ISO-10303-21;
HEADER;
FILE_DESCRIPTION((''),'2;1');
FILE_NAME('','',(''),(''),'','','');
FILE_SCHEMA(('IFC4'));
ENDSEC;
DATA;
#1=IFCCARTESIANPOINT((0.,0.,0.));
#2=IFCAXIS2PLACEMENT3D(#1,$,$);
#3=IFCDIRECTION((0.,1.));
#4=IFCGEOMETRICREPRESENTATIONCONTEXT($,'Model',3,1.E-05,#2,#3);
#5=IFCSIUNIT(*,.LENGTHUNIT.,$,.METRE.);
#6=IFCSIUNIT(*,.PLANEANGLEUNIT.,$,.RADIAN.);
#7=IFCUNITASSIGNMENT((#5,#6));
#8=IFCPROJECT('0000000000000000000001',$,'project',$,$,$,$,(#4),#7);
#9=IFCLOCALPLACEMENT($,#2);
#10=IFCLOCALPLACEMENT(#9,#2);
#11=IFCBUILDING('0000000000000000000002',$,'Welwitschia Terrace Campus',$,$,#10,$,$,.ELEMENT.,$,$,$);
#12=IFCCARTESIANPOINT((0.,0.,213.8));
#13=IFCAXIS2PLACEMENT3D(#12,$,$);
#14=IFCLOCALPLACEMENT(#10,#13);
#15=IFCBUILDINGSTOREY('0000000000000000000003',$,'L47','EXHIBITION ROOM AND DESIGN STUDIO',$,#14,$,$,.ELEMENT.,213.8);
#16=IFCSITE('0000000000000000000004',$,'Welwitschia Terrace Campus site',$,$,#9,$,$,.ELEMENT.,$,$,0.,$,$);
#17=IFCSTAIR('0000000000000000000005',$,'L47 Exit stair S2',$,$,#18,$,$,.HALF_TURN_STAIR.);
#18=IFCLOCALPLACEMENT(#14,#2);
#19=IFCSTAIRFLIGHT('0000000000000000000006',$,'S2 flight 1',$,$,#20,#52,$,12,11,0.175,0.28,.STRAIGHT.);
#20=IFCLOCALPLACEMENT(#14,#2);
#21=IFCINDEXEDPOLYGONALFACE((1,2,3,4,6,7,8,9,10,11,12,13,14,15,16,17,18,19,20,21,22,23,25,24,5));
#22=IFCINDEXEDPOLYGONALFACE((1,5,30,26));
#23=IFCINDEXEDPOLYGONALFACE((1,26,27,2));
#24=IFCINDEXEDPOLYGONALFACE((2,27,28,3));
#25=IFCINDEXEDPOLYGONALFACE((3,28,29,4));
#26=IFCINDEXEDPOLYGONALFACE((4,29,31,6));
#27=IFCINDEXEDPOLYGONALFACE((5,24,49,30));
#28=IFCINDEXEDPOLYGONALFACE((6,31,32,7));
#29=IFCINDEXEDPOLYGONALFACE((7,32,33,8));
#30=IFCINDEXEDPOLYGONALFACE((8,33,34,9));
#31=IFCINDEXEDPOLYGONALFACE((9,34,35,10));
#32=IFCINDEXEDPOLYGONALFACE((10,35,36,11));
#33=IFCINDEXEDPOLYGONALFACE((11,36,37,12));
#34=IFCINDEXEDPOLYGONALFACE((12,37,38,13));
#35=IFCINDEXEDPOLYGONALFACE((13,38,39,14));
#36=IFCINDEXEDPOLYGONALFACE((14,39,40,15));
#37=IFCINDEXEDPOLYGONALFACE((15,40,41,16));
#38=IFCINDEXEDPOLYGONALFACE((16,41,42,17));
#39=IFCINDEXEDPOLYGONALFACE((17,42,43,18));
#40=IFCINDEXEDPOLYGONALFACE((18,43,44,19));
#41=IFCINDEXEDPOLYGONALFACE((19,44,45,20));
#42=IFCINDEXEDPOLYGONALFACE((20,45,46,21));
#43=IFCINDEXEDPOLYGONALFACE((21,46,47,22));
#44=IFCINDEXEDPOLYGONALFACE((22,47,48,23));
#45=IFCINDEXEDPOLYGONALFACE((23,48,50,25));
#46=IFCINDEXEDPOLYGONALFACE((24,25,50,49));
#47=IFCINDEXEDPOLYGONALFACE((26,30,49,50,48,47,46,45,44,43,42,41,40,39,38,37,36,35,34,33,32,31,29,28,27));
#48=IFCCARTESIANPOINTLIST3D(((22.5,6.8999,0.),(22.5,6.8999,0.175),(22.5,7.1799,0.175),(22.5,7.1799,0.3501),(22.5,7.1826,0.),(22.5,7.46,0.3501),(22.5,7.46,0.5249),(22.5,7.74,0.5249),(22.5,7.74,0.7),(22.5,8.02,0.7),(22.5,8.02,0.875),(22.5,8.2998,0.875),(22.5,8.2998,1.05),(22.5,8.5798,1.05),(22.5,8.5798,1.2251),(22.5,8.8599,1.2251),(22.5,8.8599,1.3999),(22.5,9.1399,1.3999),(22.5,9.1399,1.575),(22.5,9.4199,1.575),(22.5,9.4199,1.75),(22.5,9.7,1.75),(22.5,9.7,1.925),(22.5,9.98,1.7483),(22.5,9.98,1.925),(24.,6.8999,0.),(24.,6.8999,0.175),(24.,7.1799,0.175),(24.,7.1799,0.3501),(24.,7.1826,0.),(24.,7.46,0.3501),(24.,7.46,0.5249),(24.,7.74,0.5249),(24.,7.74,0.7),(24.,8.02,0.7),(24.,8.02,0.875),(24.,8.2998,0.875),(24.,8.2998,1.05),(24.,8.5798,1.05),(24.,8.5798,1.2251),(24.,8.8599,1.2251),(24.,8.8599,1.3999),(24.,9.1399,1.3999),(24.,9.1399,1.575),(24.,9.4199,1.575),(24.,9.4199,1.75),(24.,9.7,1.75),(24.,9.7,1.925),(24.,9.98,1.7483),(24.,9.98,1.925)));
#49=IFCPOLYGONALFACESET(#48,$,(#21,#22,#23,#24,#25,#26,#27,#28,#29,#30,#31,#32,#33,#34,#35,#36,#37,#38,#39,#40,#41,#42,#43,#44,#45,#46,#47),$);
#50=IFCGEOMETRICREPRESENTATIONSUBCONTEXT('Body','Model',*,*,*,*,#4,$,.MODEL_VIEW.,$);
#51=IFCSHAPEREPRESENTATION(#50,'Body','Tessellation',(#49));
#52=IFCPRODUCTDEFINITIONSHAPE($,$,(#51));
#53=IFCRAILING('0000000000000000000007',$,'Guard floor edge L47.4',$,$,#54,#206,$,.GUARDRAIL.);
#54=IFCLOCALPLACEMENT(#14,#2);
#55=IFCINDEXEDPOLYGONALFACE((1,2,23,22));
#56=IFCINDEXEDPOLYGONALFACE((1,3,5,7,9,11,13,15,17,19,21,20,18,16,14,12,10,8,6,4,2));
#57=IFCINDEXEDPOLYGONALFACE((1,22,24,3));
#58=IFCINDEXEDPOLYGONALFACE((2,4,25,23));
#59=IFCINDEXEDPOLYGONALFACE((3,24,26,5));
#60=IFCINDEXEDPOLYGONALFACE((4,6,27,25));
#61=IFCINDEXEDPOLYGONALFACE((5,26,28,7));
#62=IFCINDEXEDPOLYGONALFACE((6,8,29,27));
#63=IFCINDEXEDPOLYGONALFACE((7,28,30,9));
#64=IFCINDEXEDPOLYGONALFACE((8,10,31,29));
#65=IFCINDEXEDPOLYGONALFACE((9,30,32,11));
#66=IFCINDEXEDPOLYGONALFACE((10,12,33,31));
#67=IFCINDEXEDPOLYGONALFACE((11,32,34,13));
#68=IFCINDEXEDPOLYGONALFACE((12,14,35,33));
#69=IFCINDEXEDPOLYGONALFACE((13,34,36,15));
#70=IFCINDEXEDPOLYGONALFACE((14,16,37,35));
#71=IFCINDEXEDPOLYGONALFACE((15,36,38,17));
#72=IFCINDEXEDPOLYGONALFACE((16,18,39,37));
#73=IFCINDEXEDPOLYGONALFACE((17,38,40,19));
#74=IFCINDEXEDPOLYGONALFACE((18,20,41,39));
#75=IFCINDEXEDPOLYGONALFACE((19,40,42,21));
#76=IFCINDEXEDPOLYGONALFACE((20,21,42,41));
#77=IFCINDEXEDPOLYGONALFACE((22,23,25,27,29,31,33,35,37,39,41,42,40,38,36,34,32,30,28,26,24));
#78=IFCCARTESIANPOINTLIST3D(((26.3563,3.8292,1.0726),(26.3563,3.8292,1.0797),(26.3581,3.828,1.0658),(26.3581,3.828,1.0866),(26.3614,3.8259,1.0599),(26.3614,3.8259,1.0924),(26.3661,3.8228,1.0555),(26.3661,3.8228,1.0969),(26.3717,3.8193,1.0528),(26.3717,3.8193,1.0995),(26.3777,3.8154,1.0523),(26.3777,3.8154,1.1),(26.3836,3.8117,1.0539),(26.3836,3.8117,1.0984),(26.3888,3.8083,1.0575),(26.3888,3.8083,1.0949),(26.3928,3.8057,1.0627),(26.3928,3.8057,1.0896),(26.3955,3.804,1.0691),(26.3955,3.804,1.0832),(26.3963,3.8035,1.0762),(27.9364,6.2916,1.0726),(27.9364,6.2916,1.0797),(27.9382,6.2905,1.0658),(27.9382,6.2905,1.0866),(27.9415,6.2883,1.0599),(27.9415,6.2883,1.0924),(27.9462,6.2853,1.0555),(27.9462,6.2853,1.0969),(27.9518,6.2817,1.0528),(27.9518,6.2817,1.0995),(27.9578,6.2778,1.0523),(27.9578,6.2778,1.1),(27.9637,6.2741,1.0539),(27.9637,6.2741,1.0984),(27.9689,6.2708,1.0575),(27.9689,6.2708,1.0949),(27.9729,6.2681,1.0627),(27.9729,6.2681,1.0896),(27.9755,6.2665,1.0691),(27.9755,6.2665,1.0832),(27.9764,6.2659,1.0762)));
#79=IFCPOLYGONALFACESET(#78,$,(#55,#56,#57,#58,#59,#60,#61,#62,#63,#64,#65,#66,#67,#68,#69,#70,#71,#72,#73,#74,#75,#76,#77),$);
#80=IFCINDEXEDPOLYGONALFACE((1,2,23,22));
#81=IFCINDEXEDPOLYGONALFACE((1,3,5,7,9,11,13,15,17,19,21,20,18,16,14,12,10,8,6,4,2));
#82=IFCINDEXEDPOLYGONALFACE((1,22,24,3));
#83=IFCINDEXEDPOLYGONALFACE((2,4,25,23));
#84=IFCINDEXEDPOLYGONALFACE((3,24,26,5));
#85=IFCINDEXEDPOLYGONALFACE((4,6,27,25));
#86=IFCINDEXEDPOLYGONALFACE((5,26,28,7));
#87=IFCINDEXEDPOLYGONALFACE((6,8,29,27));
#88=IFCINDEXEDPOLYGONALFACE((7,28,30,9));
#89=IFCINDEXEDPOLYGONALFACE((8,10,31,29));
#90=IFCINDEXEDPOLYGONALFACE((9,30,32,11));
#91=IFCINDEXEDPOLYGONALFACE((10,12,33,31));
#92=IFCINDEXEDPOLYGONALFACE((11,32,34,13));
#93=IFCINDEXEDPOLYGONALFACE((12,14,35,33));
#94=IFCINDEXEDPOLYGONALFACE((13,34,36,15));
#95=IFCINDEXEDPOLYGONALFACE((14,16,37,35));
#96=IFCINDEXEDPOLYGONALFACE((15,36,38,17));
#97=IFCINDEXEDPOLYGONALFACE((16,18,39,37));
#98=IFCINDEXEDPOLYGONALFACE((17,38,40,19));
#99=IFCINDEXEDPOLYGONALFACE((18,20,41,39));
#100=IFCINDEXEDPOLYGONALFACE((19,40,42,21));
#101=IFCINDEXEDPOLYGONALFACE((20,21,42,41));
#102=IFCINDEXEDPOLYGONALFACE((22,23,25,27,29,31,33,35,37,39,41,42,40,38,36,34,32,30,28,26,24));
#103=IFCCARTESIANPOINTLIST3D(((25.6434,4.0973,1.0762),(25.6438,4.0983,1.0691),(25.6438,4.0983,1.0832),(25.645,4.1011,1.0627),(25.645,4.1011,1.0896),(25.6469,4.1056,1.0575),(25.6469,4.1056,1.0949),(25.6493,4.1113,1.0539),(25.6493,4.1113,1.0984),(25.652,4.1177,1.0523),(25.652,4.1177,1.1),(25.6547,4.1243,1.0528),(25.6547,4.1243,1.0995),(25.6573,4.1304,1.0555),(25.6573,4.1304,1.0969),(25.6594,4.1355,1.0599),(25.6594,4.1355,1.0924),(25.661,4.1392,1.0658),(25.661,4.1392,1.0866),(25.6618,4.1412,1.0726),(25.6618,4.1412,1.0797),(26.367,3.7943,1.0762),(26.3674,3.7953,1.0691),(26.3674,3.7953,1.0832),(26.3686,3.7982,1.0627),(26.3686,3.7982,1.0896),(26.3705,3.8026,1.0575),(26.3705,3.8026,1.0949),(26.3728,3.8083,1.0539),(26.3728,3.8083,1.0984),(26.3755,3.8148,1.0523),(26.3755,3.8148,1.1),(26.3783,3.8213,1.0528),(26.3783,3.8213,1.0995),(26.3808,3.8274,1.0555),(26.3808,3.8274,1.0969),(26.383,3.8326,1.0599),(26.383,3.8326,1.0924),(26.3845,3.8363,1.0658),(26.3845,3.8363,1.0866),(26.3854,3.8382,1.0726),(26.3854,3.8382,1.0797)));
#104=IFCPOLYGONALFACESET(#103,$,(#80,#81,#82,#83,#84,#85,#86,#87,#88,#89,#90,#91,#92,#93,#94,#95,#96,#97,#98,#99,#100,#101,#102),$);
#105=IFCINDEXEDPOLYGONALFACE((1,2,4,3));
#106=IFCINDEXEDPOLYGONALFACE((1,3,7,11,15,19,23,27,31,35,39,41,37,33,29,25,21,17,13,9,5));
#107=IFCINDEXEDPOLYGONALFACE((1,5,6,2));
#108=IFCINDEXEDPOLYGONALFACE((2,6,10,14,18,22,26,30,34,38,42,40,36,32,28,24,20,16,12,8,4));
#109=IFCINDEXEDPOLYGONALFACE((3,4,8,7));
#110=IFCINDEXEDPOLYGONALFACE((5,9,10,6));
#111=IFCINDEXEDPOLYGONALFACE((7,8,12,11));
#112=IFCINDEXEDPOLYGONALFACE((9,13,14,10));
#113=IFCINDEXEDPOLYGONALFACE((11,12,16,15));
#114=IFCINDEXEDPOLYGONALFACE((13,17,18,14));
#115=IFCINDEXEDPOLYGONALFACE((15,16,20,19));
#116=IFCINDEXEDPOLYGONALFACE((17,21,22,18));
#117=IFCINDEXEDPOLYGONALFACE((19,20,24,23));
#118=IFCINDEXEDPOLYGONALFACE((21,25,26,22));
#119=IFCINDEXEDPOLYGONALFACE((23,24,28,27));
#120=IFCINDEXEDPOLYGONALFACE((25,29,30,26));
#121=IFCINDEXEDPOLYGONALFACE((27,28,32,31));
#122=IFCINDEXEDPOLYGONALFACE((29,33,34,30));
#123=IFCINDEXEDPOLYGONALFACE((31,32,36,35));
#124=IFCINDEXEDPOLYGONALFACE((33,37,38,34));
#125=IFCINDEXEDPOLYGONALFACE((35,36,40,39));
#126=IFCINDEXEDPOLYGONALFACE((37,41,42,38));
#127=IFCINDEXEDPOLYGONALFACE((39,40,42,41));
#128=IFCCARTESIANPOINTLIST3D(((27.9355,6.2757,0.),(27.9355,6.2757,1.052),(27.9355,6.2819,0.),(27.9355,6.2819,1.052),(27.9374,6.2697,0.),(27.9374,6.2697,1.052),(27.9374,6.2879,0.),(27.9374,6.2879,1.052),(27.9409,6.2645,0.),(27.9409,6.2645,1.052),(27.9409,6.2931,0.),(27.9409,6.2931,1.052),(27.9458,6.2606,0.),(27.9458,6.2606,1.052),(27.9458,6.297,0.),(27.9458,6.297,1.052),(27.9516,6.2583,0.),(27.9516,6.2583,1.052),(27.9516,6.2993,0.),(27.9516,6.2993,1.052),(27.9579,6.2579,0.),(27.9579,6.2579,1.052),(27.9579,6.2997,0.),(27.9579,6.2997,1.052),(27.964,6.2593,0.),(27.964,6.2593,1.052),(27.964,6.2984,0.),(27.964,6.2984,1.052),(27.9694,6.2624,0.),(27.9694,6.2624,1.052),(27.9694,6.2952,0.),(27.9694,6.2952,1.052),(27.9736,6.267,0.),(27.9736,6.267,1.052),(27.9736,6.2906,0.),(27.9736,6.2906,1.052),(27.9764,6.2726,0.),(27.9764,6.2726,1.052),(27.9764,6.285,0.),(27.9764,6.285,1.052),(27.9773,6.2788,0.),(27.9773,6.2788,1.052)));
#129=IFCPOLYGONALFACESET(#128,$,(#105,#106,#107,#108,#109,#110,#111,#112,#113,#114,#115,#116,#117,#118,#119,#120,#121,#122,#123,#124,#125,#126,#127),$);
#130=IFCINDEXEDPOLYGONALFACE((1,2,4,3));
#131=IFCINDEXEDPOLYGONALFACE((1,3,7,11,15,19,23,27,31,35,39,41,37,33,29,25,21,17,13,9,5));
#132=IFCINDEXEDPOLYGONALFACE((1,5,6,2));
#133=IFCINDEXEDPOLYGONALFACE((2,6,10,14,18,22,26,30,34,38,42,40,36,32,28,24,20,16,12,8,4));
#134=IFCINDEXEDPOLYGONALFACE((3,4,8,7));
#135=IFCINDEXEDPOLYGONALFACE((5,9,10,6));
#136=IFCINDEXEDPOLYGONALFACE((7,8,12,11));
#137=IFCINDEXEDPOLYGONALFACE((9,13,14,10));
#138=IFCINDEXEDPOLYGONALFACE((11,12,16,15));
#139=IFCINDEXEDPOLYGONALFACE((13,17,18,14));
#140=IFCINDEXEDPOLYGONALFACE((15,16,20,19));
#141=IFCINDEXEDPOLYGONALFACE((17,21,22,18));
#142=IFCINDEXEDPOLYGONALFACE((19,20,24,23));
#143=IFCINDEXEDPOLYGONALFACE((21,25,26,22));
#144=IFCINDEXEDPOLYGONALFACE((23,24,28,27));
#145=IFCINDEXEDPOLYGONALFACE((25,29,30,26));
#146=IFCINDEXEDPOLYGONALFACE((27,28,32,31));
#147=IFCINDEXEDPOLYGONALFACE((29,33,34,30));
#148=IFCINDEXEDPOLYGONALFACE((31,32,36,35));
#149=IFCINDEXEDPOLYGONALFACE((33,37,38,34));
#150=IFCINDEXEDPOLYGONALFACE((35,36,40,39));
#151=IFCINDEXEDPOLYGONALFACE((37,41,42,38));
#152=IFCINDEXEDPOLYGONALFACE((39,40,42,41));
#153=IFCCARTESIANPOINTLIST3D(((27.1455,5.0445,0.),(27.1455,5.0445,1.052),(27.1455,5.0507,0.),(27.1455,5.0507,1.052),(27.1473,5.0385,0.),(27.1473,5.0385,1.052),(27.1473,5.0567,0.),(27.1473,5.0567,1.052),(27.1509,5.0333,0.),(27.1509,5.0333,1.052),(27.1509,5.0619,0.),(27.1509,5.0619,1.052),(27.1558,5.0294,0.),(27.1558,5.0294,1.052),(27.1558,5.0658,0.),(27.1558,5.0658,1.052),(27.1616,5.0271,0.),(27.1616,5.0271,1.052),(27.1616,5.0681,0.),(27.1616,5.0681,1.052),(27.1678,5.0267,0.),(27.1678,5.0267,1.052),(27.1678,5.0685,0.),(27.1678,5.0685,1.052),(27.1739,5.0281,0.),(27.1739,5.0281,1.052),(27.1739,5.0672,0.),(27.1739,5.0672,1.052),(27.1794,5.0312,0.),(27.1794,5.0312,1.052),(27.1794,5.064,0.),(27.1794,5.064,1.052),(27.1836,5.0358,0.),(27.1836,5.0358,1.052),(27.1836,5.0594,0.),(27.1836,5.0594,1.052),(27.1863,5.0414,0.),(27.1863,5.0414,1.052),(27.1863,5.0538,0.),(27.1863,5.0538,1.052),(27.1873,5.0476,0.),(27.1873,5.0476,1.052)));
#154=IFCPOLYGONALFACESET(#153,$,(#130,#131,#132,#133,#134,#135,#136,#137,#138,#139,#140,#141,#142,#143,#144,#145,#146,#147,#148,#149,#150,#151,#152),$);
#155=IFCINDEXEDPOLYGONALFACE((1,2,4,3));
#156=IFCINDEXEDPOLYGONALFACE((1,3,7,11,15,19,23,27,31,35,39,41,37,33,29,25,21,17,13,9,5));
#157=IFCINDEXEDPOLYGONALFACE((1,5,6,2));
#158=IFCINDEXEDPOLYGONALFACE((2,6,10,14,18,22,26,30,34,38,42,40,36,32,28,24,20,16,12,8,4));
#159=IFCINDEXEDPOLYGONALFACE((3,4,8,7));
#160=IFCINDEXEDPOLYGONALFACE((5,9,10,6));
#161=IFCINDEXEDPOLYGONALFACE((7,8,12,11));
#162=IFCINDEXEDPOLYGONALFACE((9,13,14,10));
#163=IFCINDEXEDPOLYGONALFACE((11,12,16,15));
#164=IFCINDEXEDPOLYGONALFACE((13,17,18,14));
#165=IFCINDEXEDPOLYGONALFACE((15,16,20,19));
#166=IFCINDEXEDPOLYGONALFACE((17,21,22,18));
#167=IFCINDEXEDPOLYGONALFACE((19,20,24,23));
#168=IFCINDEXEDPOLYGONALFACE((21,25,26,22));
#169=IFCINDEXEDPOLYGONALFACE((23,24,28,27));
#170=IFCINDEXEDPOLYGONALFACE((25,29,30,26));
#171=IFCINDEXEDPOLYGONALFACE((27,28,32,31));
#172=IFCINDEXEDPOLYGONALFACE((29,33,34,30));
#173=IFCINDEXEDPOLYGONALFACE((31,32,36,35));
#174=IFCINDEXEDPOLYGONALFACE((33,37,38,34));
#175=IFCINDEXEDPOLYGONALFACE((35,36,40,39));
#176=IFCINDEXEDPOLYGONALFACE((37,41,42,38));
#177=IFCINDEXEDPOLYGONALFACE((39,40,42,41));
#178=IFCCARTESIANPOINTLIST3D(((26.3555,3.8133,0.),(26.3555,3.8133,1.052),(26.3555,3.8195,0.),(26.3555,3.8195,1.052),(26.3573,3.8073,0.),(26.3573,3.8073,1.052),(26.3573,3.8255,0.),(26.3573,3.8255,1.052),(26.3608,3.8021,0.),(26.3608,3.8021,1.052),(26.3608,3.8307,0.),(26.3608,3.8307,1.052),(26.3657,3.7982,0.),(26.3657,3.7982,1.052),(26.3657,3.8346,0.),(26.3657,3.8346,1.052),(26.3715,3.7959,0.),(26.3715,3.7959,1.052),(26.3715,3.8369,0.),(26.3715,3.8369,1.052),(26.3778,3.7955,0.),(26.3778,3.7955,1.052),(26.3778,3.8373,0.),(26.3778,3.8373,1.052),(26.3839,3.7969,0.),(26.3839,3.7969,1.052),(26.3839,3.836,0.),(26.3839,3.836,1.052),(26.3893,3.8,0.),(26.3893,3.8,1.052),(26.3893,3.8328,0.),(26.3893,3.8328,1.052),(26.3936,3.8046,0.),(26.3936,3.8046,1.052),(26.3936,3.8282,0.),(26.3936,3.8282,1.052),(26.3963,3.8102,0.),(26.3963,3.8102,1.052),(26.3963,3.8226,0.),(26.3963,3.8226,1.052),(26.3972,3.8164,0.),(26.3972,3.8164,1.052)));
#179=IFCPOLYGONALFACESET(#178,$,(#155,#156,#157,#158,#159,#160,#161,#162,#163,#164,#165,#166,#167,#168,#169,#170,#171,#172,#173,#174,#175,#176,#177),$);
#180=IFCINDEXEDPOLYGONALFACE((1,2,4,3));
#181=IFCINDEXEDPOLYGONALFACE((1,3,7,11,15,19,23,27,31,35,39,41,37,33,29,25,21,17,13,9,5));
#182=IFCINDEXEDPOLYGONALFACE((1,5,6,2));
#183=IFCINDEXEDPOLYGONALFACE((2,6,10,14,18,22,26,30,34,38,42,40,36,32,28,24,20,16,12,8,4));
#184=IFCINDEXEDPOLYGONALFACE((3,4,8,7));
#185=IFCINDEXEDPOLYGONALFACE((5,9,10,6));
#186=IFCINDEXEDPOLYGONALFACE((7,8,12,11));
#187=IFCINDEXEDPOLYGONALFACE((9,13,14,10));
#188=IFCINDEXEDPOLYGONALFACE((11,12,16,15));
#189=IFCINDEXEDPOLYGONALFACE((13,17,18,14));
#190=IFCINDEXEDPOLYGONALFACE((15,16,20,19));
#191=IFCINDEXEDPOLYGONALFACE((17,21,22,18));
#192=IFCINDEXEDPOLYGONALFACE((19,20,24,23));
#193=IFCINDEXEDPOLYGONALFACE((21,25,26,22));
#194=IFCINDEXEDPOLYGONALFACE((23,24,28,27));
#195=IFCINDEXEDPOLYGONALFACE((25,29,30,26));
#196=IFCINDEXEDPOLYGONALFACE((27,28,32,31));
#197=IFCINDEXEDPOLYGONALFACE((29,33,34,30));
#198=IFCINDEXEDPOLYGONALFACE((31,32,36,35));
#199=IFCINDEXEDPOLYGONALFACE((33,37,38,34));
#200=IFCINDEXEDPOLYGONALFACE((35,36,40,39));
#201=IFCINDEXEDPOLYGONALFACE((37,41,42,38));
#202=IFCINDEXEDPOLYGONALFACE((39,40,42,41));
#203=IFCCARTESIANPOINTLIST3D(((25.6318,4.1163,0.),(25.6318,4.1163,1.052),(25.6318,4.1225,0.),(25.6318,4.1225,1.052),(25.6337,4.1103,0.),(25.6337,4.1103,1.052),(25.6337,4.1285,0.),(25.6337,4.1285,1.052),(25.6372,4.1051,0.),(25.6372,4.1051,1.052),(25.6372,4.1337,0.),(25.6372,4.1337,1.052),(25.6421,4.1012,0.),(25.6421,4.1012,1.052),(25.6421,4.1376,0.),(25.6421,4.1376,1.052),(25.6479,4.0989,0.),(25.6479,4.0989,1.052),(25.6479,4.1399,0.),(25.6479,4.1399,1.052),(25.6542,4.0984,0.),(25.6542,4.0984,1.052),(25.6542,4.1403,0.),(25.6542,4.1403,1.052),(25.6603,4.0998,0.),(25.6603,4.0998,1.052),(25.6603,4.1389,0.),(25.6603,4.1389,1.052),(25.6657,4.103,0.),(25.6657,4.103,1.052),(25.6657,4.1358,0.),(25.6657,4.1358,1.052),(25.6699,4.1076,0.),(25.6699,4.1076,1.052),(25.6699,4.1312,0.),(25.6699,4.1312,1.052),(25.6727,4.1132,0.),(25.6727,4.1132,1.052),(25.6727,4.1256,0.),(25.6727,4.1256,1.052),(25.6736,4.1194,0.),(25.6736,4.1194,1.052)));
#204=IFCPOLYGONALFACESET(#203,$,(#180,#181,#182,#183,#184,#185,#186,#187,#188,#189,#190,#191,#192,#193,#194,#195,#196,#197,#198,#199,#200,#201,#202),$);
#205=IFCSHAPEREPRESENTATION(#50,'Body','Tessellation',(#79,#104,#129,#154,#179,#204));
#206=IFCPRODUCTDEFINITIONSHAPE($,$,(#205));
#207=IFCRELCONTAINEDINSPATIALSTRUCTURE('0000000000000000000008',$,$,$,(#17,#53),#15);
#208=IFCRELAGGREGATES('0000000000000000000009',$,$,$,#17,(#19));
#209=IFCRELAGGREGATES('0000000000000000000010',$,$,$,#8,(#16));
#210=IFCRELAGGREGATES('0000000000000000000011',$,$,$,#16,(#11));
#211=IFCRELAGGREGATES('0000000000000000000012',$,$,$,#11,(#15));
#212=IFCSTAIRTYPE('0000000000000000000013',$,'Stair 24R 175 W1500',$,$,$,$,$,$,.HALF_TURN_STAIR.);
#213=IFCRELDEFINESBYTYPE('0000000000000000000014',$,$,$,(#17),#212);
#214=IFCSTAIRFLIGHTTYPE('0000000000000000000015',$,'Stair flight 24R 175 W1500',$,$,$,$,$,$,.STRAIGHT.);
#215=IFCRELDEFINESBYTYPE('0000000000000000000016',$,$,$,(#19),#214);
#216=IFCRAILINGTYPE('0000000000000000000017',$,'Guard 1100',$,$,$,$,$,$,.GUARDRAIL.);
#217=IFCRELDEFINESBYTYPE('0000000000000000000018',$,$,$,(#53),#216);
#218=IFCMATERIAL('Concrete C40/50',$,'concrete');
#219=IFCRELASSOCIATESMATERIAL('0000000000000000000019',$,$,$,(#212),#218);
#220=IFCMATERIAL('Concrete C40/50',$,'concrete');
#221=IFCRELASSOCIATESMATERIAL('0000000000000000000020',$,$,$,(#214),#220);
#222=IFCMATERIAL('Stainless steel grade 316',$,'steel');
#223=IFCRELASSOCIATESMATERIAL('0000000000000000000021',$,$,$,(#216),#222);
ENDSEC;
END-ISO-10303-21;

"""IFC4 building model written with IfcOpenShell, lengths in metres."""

from ifc_helpers import new_model, si_unit, direction, frame, origin, origin_2d, place, context, subcontext, project, spatial, polyline, circle, outline, extrude, material, type_object, element, aggregate, save


model = new_model("IFC4")

# Units and contexts
model_context = context("Model", 3, precision=1e-05, world=origin(), true_north=direction((0.0, 1.0)))
body_context = subcontext(model_context, "Body", "Model", "MODEL_VIEW")
ifc_project = project(units=[si_unit("LENGTHUNIT", "METRE"), si_unit("PLANEANGLEUNIT", "RADIAN")], contexts=[model_context])

# Site, building, storey
site_placement = place(None, origin())
site = spatial("IfcSite", under=ifc_project, at=site_placement, Name="Welwitschia Terrace Campus site", CompositionType="ELEMENT", RefElevation=0.0)
building_placement = place(site_placement, origin())
building = spatial("IfcBuilding", under=site, at=building_placement, Name="Welwitschia Terrace Campus", CompositionType="ELEMENT")
storey_placement = place(building_placement, frame((0.0, 0.0, 213.8)))
storey = spatial("IfcBuildingStorey", under=building, at=storey_placement, Name="L47", Description="EXHIBITION ROOM AND DESIGN STUDIO", CompositionType="ELEMENT", Elevation=213.8)

# Stair, stair flight
ifc_material_1 = material(Name="Concrete C40/50", Category="concrete")
stair_type = type_object("IfcStairType", Name="Stair 24R 175 W1500", PredefinedType="HALF_TURN_STAIR", material=ifc_material_1)
stair_placement = place(storey_placement, origin())
stair = element("IfcStair", 1, at=stair_placement, inside=storey, type_object=stair_type, Name="L47 Exit stair S2", PredefinedType="HALF_TURN_STAIR")
ifc_material_2 = material(Name="Concrete C40/50", Category="concrete")
stair_flight_type = type_object("IfcStairFlightType", Name="Stair flight 24R 175 W1500", PredefinedType="STRAIGHT", material=ifc_material_2)
stair_flight_placement = place(storey_placement, frame((23.25, 6.8999, 0.0), z_axis=(0.0, 0.0, 1.0), x_axis=(0.0, 1.0, 0.0)))
stair_flight = element("IfcStairFlight", 2, at=stair_flight_placement, type_object=stair_flight_type, Name="S2 flight 1", NumberOfRisers=12, NumberOfTreads=11, PredefinedType="STRAIGHT", RiserHeight=0.175, TreadLength=0.28, context=body_context, shape_type="SweptSolid", body=[
    extrude(outline(polyline([(0.0, 0.0), (0.0, 0.175), (0.28, 0.175), (0.28, 0.3501), (0.5601, 0.3501), (0.5601, 0.5249), (0.8401, 0.5249), (0.8401, 0.7), (1.1201, 0.7), (1.1201, 0.875), (1.3999, 0.875), (1.3999, 1.05), (1.6799, 1.05), (1.6799, 1.2251), (1.96, 1.2251), (1.96, 1.3999), (2.24, 1.3999), (2.24, 1.575), (2.52, 1.575), (2.52, 1.75), (2.8, 1.75), (2.8, 1.925), (3.0801, 1.925), (3.0801, 2.1001), (3.0801, 1.7483), (0.2827, 0.0), (0.0, 0.0)])), frame((0.0, 0.75, 0.0), z_axis=(0.0, -1.0, 0.0), x_axis=(1.0, 0.0, 0.0)), (0.0, 0.0, 1.0), 1.5),
])
aggregate(stair, [stair_flight])

# Railing
ifc_material_3 = material(Name="Stainless steel grade 316", Category="steel")
railing_type_1 = type_object("IfcRailingType", Name="Guard 1100", PredefinedType="GUARDRAIL", material=ifc_material_3)
railing_1_placement = place(storey_placement, frame((27.9563, 6.2788, 0.0)))
element("IfcRailing", 3, at=railing_1_placement, inside=storey, type_object=railing_type_1, Name="Guard floor edge L47.4", PredefinedType="GUARDRAIL", context=body_context, shape_type="SweptSolid", body=[
    extrude(circle(Radius=0.0239, at=origin_2d()), frame((0.0, 0.0, 1.0762), z_axis=(-0.540057, -0.841628, 0.0), x_axis=(0.841628, -0.540057, 0.0)), (0.0, 0.0, 1.0), 2.9258),
    extrude(circle(Radius=0.0239, at=origin_2d()), frame((-1.5801, -2.4624, 1.0762), z_axis=(-0.922413, 0.386206, 0.0), x_axis=(-0.386206, -0.922413, 0.0)), (0.0, 0.0, 1.0), 0.7844),
    extrude(circle(Radius=0.021, at=origin_2d()), origin(), (0.0, 0.0, 1.0), 1.052),
    extrude(circle(Radius=0.021, at=origin_2d()), frame((-0.79, -1.2312, 0.0)), (0.0, 0.0, 1.0), 1.052),
    extrude(circle(Radius=0.021, at=origin_2d()), frame((-1.5801, -2.4624, 0.0)), (0.0, 0.0, 1.0), 1.052),
    extrude(circle(Radius=0.021, at=origin_2d()), frame((-2.3037, -2.1594, 0.0)), (0.0, 0.0, 1.0), 1.052),
])

save(model, "model.ifc")
